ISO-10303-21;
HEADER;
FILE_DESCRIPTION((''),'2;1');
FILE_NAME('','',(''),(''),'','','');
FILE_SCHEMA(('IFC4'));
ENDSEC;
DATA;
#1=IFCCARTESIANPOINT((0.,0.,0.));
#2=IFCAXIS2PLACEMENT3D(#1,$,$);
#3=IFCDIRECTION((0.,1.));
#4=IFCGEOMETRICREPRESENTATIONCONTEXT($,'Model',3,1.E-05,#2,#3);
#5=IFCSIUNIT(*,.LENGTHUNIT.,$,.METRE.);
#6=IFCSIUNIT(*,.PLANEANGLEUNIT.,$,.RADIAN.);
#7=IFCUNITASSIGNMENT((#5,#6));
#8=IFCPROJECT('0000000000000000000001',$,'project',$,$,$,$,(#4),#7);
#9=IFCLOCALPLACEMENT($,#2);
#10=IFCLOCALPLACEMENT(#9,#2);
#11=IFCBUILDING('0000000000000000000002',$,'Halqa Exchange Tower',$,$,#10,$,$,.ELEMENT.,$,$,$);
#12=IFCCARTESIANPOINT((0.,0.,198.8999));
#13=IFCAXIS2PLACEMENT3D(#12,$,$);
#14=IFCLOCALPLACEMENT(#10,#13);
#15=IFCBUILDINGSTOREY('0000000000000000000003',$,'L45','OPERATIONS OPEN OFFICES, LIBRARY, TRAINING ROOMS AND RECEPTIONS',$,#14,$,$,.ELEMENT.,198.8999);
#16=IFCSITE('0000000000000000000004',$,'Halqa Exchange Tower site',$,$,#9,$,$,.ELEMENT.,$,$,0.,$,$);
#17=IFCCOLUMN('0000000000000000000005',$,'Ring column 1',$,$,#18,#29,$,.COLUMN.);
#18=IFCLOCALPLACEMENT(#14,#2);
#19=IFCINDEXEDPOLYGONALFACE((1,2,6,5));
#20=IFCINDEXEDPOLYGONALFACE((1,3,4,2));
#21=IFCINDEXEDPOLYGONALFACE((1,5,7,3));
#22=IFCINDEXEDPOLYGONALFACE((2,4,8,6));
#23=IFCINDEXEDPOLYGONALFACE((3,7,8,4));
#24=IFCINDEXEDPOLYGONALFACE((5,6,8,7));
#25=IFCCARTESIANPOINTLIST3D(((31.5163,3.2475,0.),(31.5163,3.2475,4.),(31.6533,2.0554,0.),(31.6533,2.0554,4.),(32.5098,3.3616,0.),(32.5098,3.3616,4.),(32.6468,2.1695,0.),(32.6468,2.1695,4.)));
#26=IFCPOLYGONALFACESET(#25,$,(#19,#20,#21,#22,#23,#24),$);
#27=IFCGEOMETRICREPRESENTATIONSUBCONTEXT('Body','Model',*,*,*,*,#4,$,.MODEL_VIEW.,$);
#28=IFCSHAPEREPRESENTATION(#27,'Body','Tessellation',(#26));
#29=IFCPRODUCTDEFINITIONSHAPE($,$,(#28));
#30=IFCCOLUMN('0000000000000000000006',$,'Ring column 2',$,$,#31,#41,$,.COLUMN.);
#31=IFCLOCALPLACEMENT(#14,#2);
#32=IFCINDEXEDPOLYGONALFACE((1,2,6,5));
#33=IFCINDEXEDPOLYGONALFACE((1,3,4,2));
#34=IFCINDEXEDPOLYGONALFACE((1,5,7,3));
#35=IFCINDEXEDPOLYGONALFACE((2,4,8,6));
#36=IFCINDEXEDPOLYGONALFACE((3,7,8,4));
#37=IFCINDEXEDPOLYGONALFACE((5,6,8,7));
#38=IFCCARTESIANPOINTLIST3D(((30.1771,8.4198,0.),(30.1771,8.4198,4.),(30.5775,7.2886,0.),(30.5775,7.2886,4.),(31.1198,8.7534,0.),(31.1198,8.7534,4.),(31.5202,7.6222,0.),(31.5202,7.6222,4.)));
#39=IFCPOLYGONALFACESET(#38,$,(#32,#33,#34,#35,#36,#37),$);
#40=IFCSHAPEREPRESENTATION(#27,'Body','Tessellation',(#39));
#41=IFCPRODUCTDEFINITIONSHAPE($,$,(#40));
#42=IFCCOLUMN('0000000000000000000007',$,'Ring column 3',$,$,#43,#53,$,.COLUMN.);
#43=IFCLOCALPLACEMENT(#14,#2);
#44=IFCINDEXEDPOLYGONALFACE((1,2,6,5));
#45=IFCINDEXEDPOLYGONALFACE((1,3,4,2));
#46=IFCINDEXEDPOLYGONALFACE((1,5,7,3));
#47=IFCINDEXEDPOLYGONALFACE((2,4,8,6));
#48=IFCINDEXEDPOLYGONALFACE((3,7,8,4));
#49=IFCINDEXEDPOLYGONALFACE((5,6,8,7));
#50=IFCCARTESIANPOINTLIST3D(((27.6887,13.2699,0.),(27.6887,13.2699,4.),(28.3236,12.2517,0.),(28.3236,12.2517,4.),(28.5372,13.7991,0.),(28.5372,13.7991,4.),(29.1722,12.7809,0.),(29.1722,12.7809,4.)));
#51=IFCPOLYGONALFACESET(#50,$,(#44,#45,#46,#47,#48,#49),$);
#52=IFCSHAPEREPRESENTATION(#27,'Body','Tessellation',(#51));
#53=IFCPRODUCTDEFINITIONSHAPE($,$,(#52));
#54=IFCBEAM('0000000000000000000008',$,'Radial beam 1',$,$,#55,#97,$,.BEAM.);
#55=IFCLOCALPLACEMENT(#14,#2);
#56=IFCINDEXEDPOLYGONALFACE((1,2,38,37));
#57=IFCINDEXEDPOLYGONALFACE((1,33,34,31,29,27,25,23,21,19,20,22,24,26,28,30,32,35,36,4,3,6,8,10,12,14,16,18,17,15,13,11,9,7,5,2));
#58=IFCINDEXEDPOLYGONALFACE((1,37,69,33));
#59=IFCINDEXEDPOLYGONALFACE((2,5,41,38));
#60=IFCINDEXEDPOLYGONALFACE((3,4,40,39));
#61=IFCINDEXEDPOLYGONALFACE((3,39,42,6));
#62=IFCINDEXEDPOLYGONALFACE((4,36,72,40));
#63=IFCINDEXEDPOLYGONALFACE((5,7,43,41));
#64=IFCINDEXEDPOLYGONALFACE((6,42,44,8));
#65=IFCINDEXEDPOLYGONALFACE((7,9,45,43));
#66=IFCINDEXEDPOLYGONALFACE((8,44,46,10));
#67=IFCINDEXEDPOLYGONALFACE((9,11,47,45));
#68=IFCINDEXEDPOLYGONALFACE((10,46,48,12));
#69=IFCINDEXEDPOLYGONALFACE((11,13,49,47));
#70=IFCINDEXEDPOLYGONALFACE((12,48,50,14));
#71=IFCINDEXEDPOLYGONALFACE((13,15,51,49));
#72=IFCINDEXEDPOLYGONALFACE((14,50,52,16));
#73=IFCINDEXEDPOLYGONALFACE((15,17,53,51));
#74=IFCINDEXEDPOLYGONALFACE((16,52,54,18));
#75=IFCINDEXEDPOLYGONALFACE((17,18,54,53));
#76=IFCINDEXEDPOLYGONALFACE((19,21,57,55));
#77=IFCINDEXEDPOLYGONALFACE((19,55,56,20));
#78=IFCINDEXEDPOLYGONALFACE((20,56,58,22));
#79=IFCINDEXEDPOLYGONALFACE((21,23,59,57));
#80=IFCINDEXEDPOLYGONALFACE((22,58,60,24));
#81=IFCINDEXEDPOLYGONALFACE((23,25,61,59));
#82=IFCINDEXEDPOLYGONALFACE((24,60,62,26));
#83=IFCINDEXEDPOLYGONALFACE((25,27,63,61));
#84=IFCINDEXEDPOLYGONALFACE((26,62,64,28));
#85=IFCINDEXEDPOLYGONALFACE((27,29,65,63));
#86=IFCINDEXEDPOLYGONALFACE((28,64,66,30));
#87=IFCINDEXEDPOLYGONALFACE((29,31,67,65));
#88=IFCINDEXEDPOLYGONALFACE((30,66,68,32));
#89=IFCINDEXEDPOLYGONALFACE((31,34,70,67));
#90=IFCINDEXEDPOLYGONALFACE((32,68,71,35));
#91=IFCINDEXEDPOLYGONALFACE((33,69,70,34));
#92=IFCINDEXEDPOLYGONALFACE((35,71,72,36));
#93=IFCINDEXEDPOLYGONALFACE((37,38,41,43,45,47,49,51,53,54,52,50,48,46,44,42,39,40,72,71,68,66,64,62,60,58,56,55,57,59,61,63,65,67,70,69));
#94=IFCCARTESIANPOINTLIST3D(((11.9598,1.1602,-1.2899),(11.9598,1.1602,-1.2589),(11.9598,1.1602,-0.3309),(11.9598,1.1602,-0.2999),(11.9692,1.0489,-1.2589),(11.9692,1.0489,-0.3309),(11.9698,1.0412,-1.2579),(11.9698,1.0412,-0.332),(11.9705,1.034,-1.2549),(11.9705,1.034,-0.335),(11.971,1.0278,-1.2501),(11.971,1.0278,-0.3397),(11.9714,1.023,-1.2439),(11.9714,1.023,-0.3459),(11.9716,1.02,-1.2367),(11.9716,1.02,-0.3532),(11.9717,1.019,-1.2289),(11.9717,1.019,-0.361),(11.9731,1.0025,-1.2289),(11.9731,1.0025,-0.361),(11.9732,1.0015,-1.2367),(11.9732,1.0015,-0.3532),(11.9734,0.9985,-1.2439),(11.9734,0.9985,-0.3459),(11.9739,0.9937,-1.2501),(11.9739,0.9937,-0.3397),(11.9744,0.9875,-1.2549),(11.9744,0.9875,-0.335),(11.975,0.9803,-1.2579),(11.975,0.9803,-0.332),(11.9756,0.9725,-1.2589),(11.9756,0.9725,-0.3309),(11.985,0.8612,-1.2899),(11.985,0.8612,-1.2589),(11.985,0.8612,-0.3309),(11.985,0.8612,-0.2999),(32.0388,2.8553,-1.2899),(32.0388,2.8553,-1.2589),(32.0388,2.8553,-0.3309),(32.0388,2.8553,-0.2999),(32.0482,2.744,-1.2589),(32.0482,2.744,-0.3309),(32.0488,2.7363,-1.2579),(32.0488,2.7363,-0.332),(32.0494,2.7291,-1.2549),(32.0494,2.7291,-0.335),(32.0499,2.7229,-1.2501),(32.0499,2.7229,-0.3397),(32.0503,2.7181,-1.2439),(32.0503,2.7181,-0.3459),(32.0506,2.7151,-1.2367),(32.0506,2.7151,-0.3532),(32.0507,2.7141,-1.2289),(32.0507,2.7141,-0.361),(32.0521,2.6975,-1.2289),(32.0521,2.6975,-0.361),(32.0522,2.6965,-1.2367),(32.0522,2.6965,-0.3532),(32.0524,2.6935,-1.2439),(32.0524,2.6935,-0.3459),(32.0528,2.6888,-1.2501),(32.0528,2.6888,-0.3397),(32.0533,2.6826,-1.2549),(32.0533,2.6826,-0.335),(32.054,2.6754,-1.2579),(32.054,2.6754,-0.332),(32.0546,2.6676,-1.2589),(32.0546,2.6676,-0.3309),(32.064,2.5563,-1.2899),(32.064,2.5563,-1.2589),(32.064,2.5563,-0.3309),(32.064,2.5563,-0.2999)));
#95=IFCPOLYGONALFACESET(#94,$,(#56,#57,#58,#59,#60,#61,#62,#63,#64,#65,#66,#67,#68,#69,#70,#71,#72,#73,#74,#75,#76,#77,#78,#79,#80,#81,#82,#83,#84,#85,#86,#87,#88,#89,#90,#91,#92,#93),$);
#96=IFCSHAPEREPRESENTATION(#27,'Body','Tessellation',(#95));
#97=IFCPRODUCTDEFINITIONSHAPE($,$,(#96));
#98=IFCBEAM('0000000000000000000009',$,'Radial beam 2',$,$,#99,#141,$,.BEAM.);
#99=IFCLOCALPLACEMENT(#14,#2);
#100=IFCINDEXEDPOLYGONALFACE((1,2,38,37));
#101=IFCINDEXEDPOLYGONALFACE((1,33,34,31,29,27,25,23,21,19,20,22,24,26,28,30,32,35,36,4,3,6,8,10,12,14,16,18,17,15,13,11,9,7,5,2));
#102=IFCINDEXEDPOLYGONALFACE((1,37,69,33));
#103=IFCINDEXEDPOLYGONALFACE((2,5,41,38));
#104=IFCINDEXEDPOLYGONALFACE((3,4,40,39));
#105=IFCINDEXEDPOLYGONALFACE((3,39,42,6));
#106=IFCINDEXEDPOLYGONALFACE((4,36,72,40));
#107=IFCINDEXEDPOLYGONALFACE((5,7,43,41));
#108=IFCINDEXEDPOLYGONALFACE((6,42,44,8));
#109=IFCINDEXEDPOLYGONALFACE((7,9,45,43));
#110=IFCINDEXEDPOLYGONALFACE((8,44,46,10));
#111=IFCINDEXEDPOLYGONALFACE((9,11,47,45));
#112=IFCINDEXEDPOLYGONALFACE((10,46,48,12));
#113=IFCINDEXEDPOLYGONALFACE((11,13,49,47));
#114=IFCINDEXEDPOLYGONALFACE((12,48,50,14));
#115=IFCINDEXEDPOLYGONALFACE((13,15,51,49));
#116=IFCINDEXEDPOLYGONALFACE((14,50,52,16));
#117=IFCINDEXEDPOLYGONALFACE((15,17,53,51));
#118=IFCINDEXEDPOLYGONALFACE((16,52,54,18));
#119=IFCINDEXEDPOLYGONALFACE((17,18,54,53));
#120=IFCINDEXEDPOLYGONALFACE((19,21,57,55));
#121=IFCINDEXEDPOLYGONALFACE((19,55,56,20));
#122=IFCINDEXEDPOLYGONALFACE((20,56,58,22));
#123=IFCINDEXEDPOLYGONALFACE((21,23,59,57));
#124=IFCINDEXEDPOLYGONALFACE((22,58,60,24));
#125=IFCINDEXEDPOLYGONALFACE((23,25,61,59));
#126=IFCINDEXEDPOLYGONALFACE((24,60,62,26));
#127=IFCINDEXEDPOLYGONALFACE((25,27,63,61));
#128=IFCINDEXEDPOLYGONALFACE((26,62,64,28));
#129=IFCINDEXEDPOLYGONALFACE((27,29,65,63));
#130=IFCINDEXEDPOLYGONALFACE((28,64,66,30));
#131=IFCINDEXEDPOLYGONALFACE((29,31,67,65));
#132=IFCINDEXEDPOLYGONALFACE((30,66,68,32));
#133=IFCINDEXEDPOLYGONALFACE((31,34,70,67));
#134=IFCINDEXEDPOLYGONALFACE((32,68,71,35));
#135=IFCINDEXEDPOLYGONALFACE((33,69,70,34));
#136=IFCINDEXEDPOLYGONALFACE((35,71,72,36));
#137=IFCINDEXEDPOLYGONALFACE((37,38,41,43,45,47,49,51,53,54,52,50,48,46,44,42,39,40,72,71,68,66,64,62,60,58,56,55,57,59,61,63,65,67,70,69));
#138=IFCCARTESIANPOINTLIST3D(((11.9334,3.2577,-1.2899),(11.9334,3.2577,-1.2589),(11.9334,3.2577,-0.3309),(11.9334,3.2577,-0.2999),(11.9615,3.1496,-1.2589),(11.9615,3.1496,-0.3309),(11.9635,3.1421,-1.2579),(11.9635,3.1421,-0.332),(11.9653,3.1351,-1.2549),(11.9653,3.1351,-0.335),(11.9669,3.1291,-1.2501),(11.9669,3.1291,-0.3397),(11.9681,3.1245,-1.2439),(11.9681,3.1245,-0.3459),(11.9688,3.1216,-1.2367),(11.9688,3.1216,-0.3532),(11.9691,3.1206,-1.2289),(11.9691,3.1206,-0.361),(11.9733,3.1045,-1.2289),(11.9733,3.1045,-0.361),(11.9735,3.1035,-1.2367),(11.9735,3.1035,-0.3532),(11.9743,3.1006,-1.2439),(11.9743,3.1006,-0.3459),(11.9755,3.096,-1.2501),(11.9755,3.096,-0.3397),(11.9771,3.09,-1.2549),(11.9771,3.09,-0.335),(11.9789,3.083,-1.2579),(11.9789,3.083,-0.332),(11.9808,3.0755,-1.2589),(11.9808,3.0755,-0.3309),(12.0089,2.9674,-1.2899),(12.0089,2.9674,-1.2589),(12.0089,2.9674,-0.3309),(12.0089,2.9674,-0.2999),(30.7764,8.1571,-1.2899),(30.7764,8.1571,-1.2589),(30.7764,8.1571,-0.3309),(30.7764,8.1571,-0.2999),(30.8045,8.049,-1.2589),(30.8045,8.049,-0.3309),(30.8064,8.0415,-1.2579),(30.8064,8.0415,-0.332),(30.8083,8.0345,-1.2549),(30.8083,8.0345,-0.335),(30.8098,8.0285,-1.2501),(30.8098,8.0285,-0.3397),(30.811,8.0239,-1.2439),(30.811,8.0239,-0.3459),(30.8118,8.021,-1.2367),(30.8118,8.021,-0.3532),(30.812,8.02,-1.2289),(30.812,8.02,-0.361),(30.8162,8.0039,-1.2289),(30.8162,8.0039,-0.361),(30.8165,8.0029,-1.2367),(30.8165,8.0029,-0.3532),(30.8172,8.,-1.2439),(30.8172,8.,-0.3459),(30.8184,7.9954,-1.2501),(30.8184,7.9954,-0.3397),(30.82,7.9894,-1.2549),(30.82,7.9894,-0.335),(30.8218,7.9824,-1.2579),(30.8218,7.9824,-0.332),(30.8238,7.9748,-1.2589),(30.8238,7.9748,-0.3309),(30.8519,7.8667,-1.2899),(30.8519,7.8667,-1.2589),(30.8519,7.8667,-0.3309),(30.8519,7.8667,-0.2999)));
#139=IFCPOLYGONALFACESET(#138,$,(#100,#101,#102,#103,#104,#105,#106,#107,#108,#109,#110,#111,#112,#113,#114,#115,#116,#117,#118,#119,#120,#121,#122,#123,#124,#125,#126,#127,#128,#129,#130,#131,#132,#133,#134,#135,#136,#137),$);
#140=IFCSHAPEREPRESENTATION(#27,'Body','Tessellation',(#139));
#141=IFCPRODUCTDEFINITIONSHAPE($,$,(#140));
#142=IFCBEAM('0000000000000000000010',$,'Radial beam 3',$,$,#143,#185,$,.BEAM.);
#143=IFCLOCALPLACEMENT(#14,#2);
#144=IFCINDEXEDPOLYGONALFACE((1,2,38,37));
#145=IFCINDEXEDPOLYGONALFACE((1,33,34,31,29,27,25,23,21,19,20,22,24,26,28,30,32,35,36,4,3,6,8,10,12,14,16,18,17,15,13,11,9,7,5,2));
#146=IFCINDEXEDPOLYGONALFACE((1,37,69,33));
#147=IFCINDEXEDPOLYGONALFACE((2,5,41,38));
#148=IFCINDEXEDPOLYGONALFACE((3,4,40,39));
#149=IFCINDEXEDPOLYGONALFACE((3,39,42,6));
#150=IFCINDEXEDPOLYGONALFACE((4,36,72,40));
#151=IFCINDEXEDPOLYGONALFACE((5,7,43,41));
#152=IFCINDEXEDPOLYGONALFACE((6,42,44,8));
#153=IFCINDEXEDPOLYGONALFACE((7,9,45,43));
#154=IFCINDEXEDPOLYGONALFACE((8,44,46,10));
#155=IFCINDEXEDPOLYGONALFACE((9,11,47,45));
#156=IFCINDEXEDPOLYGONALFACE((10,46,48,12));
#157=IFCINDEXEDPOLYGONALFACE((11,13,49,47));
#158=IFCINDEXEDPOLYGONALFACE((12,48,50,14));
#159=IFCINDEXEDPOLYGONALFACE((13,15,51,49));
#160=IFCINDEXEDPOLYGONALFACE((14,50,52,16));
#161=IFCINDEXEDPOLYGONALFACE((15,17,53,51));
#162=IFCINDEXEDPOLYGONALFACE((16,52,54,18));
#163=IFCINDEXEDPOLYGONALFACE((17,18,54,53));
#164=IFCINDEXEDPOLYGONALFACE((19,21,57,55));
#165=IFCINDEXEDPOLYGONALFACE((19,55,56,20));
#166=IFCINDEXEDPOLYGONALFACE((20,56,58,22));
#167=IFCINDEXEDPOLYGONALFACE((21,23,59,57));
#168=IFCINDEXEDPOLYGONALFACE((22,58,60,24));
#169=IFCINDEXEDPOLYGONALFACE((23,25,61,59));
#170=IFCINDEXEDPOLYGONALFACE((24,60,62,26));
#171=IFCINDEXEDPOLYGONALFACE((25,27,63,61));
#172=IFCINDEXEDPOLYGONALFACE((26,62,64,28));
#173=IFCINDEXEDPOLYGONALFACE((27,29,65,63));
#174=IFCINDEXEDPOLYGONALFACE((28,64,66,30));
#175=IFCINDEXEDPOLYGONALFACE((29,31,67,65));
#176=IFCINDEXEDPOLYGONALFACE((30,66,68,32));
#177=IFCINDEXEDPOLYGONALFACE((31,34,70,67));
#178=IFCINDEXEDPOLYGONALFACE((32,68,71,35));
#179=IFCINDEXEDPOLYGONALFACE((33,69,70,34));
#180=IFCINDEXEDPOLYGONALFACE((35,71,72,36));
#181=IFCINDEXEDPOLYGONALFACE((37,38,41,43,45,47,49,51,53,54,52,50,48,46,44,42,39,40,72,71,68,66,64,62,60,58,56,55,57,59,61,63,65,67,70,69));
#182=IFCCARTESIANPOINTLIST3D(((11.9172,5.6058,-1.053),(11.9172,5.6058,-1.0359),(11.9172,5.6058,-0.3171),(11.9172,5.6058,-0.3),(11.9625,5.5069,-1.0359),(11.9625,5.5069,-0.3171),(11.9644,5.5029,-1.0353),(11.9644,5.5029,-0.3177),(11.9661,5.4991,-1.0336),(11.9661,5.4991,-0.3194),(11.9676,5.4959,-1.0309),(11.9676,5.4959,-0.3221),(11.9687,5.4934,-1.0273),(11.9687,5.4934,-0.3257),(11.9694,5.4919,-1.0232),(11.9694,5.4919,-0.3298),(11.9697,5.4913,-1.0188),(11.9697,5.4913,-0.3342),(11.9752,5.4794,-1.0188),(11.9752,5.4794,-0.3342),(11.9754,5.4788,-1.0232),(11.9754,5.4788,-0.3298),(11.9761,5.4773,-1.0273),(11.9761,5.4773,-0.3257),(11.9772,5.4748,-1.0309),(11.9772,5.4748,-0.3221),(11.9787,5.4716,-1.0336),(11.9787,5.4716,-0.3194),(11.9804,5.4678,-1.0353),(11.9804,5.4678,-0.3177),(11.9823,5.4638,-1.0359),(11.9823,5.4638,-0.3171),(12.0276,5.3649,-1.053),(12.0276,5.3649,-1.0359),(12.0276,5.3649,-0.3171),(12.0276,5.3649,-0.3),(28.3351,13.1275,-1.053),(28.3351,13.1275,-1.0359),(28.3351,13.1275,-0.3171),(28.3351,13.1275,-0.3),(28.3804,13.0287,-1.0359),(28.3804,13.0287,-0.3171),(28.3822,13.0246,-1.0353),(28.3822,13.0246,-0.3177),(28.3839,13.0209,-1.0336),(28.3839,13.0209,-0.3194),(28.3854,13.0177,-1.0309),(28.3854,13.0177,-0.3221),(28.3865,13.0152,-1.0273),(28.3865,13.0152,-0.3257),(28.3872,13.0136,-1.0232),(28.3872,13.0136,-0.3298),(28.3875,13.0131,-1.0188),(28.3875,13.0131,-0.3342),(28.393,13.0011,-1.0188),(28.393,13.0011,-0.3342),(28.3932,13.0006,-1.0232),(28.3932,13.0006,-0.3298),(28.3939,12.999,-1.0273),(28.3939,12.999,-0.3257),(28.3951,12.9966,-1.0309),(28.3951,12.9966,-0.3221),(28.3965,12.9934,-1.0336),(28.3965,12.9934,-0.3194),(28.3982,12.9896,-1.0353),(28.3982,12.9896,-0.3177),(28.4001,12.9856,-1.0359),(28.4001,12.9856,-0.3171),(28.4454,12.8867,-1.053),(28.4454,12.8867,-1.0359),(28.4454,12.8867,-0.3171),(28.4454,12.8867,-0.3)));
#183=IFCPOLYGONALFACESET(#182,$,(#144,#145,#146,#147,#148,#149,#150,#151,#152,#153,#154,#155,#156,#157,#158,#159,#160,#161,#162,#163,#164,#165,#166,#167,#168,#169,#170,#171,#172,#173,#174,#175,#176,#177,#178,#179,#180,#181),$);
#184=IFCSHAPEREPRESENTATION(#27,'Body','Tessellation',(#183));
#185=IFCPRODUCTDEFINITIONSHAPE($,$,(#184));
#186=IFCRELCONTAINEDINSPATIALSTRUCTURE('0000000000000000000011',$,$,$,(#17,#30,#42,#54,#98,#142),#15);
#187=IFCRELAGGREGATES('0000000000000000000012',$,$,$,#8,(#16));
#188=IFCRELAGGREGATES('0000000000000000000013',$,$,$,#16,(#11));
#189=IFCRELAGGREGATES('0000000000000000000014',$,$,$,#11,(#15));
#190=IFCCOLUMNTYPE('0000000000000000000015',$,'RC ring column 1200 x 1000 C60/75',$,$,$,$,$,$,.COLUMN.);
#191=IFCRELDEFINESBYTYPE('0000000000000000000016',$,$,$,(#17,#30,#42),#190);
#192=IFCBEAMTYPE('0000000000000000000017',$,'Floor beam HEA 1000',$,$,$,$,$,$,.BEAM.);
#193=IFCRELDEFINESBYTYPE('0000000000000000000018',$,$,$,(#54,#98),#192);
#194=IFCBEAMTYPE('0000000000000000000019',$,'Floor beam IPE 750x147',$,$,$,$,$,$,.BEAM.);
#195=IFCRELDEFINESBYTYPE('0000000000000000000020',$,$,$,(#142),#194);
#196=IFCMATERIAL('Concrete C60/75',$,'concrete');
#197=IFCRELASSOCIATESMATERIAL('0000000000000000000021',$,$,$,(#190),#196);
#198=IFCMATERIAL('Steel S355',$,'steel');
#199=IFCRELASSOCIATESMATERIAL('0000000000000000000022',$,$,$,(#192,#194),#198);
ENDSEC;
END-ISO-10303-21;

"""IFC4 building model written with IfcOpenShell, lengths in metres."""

from ifc_helpers import new_model, si_unit, direction, frame, origin, origin_2d, place, context, subcontext, project, spatial, rectangle, i_section, extrude, material, material_profile, profile_set, type_object, element, save


model = new_model("IFC4")

# Units and contexts
model_context = context("Model", 3, precision=1e-05, world=origin(), true_north=direction((0.0, 1.0)))
body_context = subcontext(model_context, "Body", "Model", "MODEL_VIEW")
ifc_project = project(units=[si_unit("LENGTHUNIT", "METRE"), si_unit("PLANEANGLEUNIT", "RADIAN")], contexts=[model_context])

# Site, building, storey
site_placement = place(None, origin())
site = spatial("IfcSite", under=ifc_project, at=site_placement, Name="Halqa Exchange Tower site", CompositionType="ELEMENT", RefElevation=0.0)
building_placement = place(site_placement, origin())
building = spatial("IfcBuilding", under=site, at=building_placement, Name="Halqa Exchange Tower", CompositionType="ELEMENT")
storey_placement = place(building_placement, frame((0.0, 0.0, 198.8999)))
storey = spatial("IfcBuildingStorey", under=building, at=storey_placement, Name="L45", Description="OPERATIONS OPEN OFFICES, LIBRARY, TRAINING ROOMS AND RECEPTIONS", CompositionType="ELEMENT", Elevation=198.8999)

# Columns
ifc_material_1 = material(Name="Concrete C60/75", Category="concrete")
ifc_material_profile_1 = material_profile(ifc_material_1, rectangle(XDim=1.2, YDim=1.0, at=origin_2d()), Name="1200 x 1000")
ifc_profile_set_1 = profile_set([ifc_material_profile_1], Name="Concrete C60/75")
column_type = type_object("IfcColumnType", Name="RC ring column 1200 x 1000 C60/75", PredefinedType="COLUMN", material=ifc_profile_set_1)
for number, where, z_axis, x_axis, name in (
    (1, (32.0815, 2.7085, 0.0), (0.0, 0.0, 1.0), (-0.114157, 0.993463, 0.0), "Ring column 1"),
    (2, (30.8486, 8.021, 0.0), (0.0, 0.0, 1.0), (-0.333632, 0.942703, 0.0), "Ring column 2"),
    (3, (28.4304, 13.0254, 0.0), (0.0, 0.0, 1.0), (-0.529143, 0.848532, 0.0), "Ring column 3"),
):
    element("IfcColumn", number, at=place(storey_placement, frame(where, z_axis=z_axis, x_axis=x_axis)), inside=storey, type_object=column_type, Name=name, PredefinedType="COLUMN", context=body_context, shape_type="SweptSolid", body=[
        extrude(rectangle(XDim=1.2, YDim=1.0, at=origin_2d()), origin(), (0.0, 0.0, 1.0), 4.0),
    ])

# Beams
ifc_material_2 = material(Name="Steel S355", Category="steel")
ifc_material_profile_2 = material_profile(ifc_material_2, i_section(OverallWidth=0.3, OverallDepth=0.99, WebThickness=0.0166, FlangeThickness=0.031, FilletRadius=0.03, at=origin_2d()), Name="HEA 1000")
ifc_profile_set_2 = profile_set([ifc_material_profile_2], Name="Steel S355")
beam_type_1 = type_object("IfcBeamType", Name="Floor beam HEA 1000", PredefinedType="BEAM", material=ifc_profile_set_2)
beam_1_placement = place(storey_placement, frame((11.9724, 1.0107, -0.7949), z_axis=(0.996456, 0.084121, 0.0), x_axis=(-0.084121, 0.996456, 0.0)))
element("IfcBeam", 4, at=beam_1_placement, inside=storey, type_object=beam_type_1, Name="Radial beam 1", PredefinedType="BEAM", context=body_context, shape_type="SweptSolid", body=[
    extrude(i_section(OverallWidth=0.3, OverallDepth=0.99, WebThickness=0.0166, FlangeThickness=0.031, FilletRadius=0.03, at=origin_2d()), origin(), (0.0, 0.0, 1.0), 20.1504),
])
beam_2_placement = place(storey_placement, frame((11.9712, 3.1125, -0.7949), z_axis=(0.96782, 0.251645, 0.0), x_axis=(-0.251645, 0.96782, 0.0)))
element("IfcBeam", 5, at=beam_2_placement, inside=storey, type_object=beam_type_1, Name="Radial beam 2", PredefinedType="BEAM", context=body_context, shape_type="SweptSolid", body=[
    extrude(i_section(OverallWidth=0.3, OverallDepth=0.99, WebThickness=0.0166, FlangeThickness=0.031, FilletRadius=0.03, at=origin_2d()), origin(), (0.0, 0.0, 1.0), 19.4695),
])
ifc_material_profile_3 = material_profile(ifc_material_2, i_section(OverallWidth=0.2649, OverallDepth=0.7529, WebThickness=0.0132, FlangeThickness=0.0171, FilletRadius=0.0171, at=origin_2d()), Name="IPE 750x147")
ifc_profile_set_3 = profile_set([ifc_material_profile_3], Name="Steel S355")
beam_type_2 = type_object("IfcBeamType", Name="Floor beam IPE 750x147", PredefinedType="BEAM", material=ifc_profile_set_3)
beam_3_placement = place(storey_placement, frame((11.9724, 5.4854, -0.6765), z_axis=(0.909129, 0.416515, 0.0), x_axis=(-0.416515, 0.909129, 0.0)))
element("IfcBeam", 6, at=beam_3_placement, inside=storey, type_object=beam_type_2, Name="Radial beam 3", PredefinedType="BEAM", context=body_context, shape_type="SweptSolid", body=[
    extrude(i_section(OverallWidth=0.2649, OverallDepth=0.7529, WebThickness=0.0132, FlangeThickness=0.0171, FilletRadius=0.0171, at=origin_2d()), origin(), (0.0, 0.0, 1.0), 18.0588),
])

save(model, "model.ifc")
